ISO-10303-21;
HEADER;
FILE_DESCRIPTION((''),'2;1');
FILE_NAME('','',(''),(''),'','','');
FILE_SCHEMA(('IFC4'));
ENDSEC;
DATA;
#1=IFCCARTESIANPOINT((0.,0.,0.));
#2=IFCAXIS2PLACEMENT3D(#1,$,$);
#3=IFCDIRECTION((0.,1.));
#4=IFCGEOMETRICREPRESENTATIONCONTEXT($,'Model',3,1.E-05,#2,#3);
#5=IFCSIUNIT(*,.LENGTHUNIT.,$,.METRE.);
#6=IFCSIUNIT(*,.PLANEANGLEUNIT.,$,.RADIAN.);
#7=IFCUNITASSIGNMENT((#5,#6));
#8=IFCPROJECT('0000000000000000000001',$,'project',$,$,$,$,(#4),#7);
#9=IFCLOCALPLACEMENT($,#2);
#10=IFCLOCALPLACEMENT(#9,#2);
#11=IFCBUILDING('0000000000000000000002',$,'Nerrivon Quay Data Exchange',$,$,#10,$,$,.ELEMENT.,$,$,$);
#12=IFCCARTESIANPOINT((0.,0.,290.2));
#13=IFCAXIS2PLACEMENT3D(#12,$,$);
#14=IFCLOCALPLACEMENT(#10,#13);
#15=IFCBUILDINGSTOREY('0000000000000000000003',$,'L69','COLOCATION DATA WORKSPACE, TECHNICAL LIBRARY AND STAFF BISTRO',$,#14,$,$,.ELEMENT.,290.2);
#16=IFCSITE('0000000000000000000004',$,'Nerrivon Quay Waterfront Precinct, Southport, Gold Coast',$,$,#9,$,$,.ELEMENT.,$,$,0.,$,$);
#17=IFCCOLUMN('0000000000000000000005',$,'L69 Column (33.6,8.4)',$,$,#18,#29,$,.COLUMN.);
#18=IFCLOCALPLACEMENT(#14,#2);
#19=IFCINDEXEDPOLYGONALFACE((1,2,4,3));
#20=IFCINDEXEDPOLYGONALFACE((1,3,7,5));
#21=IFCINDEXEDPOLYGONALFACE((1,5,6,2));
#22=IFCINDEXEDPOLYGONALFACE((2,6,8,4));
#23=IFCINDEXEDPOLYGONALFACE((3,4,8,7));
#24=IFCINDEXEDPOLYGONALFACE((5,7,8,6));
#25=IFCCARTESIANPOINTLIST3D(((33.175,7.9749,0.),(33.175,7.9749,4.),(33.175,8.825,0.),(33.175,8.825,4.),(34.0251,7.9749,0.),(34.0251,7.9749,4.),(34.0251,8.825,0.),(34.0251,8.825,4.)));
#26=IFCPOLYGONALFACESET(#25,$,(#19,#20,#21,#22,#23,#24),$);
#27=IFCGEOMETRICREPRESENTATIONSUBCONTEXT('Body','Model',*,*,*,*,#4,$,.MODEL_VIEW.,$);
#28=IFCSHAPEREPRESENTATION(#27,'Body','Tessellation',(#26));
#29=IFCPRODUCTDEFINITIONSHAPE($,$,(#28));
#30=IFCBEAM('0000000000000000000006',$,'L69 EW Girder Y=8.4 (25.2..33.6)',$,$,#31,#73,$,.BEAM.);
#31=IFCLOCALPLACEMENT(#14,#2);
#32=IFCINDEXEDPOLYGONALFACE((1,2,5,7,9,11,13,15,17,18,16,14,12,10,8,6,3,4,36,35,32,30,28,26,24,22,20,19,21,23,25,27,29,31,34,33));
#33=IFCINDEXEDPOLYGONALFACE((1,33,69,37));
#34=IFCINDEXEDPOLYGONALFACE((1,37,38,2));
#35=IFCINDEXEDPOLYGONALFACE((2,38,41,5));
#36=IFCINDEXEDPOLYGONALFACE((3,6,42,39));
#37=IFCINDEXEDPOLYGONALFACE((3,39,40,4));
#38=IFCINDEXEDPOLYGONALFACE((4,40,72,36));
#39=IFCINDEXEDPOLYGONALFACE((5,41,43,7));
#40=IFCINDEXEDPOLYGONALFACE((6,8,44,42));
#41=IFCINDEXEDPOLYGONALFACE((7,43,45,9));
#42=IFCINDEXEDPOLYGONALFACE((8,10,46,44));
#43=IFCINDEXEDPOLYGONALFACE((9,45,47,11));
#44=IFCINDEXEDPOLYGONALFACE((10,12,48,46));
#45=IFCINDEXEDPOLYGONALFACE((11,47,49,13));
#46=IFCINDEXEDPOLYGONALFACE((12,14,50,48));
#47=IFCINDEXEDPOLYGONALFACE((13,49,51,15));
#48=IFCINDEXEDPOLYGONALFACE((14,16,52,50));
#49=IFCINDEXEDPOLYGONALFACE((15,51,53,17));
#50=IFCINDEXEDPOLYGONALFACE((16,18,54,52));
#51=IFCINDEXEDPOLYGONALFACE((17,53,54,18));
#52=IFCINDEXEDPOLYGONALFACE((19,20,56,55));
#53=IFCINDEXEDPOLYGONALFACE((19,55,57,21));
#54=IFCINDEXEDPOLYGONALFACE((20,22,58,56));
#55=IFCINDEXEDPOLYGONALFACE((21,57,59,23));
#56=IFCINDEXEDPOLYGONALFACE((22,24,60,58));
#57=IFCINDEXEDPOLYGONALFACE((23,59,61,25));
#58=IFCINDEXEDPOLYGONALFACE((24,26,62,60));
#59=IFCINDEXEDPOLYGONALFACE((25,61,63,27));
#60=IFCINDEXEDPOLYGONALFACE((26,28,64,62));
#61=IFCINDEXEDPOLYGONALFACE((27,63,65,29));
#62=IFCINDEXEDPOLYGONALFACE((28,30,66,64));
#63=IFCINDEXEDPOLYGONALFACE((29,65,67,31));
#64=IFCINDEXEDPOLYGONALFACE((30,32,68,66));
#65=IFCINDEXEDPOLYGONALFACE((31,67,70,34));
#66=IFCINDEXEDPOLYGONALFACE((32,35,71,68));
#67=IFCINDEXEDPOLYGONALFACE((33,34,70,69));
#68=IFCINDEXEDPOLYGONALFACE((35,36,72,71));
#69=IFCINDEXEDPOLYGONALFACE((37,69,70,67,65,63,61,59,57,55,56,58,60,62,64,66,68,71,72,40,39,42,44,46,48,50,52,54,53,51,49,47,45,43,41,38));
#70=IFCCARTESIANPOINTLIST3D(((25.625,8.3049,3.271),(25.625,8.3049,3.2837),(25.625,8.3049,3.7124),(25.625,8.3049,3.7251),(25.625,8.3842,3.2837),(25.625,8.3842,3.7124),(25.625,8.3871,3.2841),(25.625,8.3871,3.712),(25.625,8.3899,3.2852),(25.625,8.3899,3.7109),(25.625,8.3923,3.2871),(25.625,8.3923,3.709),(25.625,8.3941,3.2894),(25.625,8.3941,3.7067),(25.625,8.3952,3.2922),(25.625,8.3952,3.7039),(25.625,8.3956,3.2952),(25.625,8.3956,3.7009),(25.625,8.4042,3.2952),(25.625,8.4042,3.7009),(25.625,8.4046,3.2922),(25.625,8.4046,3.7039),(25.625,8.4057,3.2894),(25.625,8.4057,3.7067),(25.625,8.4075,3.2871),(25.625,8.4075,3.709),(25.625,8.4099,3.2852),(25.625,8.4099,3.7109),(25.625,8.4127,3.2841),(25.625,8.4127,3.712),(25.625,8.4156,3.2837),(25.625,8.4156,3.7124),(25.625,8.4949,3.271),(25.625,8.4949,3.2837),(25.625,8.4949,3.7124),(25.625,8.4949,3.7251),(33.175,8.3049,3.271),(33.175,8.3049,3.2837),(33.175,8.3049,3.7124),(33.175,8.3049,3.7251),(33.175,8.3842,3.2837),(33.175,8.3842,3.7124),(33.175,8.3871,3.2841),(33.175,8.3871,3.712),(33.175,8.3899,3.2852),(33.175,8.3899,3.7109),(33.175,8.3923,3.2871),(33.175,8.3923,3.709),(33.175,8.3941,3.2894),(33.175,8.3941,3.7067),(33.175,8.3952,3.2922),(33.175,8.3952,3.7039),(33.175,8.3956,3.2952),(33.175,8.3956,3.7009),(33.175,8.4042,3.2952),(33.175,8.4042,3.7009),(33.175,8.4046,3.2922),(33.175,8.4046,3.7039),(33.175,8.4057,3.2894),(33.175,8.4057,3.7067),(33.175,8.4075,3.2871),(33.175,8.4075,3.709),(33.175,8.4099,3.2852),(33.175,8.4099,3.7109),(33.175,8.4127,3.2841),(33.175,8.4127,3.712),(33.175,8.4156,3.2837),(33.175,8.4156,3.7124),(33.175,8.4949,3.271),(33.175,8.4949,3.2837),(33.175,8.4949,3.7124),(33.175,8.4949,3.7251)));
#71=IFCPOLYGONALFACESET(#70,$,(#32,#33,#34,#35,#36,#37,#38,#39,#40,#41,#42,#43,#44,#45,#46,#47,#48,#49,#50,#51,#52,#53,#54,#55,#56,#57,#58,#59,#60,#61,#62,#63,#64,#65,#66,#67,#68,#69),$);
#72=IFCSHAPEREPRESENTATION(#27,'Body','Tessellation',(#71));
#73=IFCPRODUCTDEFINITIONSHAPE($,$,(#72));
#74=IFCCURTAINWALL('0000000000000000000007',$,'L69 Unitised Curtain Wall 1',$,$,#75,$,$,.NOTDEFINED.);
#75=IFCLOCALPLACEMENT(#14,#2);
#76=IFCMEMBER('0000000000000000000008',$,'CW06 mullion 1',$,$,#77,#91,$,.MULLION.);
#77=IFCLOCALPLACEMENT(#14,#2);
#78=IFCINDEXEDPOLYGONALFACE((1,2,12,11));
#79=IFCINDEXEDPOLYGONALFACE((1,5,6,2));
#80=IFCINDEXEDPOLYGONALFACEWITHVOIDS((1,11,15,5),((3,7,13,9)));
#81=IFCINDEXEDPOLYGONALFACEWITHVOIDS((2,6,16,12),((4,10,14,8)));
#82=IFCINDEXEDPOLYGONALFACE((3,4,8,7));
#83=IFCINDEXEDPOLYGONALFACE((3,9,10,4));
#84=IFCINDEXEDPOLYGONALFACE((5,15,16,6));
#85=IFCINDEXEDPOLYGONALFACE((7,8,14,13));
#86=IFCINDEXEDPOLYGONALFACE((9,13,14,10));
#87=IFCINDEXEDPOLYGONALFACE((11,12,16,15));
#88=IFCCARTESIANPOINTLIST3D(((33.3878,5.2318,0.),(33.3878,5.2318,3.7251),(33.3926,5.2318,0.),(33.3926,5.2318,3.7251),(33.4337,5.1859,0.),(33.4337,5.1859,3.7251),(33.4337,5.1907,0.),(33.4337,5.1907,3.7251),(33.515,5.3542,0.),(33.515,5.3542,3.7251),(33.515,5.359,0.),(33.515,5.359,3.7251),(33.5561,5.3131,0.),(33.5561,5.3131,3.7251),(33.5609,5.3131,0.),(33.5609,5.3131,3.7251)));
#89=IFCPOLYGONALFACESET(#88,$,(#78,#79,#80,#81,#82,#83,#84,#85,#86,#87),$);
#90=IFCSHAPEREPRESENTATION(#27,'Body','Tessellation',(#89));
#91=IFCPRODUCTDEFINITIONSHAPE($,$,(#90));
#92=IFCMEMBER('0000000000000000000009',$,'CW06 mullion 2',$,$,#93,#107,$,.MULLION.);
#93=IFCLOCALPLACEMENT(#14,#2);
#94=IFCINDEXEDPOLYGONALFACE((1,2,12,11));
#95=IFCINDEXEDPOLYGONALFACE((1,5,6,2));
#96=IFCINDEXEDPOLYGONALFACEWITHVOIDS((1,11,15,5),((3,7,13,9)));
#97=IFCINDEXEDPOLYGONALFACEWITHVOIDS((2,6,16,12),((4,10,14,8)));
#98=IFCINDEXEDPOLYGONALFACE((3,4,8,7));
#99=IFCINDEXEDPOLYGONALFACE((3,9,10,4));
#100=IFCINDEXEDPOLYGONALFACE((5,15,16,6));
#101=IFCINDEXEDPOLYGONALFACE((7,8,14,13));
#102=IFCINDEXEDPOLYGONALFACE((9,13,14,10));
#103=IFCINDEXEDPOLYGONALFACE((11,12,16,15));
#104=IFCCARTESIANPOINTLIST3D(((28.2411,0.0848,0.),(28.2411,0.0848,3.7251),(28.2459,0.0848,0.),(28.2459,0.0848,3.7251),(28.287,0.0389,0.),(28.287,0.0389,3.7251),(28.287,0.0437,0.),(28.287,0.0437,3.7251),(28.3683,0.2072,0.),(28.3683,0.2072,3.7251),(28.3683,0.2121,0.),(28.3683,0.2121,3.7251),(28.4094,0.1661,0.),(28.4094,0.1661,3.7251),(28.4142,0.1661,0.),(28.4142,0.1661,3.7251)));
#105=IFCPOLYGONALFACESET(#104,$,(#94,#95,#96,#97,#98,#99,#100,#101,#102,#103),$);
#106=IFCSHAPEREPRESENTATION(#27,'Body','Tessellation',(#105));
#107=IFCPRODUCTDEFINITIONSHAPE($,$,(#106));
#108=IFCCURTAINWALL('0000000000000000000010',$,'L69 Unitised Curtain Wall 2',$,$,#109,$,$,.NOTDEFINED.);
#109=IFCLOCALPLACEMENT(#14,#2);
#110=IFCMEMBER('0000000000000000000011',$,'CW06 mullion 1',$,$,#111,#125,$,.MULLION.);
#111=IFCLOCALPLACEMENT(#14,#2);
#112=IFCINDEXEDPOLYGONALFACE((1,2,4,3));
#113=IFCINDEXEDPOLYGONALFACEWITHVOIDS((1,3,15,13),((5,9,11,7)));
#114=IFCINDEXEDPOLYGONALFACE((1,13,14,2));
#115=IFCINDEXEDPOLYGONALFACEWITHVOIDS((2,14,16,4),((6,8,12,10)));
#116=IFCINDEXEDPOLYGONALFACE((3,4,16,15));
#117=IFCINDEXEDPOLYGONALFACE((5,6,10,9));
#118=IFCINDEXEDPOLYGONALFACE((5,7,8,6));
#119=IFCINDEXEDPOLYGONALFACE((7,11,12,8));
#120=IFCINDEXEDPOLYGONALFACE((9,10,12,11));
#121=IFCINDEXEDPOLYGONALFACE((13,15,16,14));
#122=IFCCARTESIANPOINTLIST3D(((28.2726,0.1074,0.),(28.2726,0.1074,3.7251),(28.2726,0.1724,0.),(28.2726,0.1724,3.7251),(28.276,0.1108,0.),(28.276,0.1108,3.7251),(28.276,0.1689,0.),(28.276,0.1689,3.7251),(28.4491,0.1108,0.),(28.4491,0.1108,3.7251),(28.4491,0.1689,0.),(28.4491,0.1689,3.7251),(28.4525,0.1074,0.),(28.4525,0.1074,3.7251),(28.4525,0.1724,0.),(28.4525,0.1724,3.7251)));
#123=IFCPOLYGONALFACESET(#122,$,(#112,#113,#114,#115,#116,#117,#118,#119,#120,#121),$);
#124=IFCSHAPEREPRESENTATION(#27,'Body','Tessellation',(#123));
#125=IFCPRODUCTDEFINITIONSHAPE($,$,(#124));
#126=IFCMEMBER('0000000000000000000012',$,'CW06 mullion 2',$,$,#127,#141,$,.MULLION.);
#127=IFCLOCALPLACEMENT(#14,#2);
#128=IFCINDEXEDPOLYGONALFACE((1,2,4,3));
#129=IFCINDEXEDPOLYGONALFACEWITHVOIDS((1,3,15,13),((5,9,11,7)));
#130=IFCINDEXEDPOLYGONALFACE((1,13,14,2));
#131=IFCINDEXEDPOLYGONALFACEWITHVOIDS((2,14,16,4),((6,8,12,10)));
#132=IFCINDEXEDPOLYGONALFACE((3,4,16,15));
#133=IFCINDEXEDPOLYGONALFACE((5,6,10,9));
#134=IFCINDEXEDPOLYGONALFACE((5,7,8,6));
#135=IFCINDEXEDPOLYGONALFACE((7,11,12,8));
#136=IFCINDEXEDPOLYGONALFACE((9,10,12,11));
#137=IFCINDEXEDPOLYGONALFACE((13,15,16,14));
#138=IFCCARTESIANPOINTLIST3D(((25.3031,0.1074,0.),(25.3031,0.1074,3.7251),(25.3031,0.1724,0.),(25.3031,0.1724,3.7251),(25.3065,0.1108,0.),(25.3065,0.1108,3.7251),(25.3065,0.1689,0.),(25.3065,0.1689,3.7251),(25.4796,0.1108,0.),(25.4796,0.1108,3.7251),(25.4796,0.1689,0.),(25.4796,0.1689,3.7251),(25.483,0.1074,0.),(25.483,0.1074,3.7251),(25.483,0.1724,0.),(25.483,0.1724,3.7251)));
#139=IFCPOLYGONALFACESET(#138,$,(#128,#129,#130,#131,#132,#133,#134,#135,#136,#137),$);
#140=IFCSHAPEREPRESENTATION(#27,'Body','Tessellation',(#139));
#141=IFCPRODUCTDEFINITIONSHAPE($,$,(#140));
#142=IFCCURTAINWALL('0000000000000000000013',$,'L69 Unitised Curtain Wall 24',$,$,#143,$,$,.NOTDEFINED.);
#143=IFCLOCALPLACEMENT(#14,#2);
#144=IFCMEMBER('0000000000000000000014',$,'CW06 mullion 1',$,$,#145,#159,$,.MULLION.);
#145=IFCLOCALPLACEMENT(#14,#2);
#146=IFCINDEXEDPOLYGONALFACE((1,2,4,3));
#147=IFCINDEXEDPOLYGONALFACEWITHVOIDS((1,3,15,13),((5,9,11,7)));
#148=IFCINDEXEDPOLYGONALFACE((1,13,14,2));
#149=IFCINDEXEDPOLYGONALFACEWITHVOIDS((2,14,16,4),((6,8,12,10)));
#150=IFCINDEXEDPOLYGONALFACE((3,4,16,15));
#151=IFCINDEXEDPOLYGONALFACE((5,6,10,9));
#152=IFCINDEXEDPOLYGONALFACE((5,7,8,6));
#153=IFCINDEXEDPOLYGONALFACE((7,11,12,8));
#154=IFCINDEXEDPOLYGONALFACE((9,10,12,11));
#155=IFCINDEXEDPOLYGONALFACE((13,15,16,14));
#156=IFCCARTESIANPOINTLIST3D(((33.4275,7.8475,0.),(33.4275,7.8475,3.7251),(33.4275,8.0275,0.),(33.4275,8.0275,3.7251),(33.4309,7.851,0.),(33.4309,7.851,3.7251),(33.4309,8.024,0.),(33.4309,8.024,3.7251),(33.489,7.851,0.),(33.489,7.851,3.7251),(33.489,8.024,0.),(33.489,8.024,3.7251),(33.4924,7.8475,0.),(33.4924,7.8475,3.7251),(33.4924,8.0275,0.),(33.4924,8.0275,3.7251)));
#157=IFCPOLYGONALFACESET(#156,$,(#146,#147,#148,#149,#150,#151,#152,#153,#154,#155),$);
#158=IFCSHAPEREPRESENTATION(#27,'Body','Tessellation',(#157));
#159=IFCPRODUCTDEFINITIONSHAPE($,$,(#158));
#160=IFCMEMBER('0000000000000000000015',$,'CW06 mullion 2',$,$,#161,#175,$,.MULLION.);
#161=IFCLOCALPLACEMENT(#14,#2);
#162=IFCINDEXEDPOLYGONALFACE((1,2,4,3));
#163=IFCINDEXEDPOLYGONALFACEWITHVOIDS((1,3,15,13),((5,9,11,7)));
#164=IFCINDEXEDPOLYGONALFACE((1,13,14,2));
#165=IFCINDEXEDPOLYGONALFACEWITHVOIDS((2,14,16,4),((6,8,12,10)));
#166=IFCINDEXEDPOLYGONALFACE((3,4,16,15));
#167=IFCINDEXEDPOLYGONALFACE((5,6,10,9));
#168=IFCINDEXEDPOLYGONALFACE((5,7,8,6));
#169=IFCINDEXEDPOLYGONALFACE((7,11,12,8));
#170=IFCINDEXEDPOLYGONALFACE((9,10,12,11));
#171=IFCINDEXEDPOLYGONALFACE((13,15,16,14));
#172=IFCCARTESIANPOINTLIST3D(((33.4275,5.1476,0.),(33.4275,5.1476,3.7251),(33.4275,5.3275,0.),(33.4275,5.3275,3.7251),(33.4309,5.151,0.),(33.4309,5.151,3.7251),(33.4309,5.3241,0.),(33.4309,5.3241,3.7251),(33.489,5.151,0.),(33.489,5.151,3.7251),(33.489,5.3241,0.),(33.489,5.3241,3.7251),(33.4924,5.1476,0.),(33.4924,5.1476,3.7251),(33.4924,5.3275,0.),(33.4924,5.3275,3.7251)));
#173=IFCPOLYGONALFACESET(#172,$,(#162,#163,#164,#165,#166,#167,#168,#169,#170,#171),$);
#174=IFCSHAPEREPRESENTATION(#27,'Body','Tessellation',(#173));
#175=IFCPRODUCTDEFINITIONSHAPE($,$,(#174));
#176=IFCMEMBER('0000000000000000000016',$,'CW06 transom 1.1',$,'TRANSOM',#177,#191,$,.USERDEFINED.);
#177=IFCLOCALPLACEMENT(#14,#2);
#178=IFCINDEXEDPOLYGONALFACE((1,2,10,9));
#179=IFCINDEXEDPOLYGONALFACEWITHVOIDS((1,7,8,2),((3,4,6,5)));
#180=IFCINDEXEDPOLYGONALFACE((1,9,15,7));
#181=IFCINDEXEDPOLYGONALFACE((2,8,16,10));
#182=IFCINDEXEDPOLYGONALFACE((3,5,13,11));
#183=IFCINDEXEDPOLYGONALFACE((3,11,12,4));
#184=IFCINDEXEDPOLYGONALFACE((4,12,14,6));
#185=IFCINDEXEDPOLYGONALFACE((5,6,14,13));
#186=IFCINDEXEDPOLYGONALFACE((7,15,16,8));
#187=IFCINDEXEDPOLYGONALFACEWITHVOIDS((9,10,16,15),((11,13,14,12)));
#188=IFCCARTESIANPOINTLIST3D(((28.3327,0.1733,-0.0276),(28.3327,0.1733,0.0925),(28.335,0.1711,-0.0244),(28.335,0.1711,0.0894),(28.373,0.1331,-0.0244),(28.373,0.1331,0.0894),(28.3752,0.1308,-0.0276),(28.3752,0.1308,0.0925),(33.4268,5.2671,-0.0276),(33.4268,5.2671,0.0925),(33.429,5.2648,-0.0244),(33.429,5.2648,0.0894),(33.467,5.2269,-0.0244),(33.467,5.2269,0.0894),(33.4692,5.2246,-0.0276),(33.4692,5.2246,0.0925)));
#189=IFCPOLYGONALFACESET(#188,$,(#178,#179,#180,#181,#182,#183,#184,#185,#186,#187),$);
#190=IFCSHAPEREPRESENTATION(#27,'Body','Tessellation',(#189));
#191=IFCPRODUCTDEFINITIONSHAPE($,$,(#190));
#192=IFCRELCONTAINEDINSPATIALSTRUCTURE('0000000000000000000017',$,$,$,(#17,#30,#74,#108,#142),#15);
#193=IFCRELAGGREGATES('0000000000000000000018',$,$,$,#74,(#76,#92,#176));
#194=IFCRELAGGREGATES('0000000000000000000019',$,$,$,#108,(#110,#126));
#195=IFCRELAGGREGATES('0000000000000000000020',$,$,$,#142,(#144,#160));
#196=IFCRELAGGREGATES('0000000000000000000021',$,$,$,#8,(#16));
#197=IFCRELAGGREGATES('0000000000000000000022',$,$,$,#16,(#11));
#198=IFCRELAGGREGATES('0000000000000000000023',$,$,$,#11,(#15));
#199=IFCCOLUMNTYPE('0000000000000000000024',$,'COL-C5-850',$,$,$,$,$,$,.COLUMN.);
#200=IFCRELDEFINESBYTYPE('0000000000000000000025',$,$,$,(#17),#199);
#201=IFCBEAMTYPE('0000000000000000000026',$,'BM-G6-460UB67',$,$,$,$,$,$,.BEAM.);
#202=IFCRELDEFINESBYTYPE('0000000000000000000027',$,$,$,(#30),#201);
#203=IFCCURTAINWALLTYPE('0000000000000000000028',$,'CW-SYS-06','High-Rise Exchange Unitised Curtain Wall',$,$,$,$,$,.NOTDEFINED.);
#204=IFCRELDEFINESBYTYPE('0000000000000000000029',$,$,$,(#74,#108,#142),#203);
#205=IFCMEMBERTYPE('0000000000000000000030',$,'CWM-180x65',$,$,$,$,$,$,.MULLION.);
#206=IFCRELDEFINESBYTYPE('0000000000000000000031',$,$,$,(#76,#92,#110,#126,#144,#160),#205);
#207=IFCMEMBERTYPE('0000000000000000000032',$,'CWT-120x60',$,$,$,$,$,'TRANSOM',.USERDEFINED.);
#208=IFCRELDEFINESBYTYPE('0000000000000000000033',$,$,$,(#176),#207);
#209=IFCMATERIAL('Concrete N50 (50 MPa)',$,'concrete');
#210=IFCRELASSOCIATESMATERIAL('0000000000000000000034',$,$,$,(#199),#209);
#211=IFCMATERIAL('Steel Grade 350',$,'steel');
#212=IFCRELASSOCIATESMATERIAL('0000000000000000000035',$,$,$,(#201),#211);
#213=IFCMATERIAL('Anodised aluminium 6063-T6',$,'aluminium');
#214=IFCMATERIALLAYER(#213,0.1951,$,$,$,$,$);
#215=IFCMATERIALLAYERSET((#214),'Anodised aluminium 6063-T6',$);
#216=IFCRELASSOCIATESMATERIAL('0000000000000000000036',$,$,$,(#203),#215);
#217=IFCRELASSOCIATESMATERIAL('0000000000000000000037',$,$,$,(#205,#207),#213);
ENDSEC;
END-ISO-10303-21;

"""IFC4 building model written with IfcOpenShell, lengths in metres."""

from ifc_helpers import new_model, si_unit, direction, frame, origin, origin_2d, place, context, subcontext, project, spatial, rectangle, hollow_rectangle, i_section, extrude, material, layer, layer_set, material_profile, profile_set, type_object, element, aggregate, save


model = new_model("IFC4")

# Units and contexts
model_context = context("Model", 3, precision=1e-05, world=origin(), true_north=direction((0.0, 1.0)))
body_context = subcontext(model_context, "Body", "Model", "MODEL_VIEW")
ifc_project = project(units=[si_unit("LENGTHUNIT", "METRE"), si_unit("PLANEANGLEUNIT", "RADIAN")], contexts=[model_context])

# Site, building, storey
site_placement = place(None, origin())
site = spatial("IfcSite", under=ifc_project, at=site_placement, Name="Nerrivon Quay Waterfront Precinct, Southport, Gold Coast", CompositionType="ELEMENT", RefElevation=0.0)
building_placement = place(site_placement, origin())
building = spatial("IfcBuilding", under=site, at=building_placement, Name="Nerrivon Quay Data Exchange", CompositionType="ELEMENT")
storey_placement = place(building_placement, frame((0.0, 0.0, 290.2)))
storey = spatial("IfcBuildingStorey", under=building, at=storey_placement, Name="L69", Description="COLOCATION DATA WORKSPACE, TECHNICAL LIBRARY AND STAFF BISTRO", CompositionType="ELEMENT", Elevation=290.2)

# Column
ifc_material_1 = material(Name="Concrete N50 (50 MPa)", Category="concrete")
ifc_material_profile_1 = material_profile(ifc_material_1, rectangle(XDim=0.8501, YDim=0.8501, at=origin_2d()), Name="RC-COL-850x850")
ifc_profile_set_1 = profile_set([ifc_material_profile_1], Name="Concrete N50 (50 MPa)")
column_type = type_object("IfcColumnType", Name="COL-C5-850", PredefinedType="COLUMN", material=ifc_profile_set_1)
column_placement = place(storey_placement, frame((33.6001, 8.3999, 0.0), z_axis=(0.0, 0.0, 1.0), x_axis=(1.0, 0.0, 0.0)))
element("IfcColumn", 1, at=column_placement, inside=storey, type_object=column_type, Name="L69 Column (33.6,8.4)", PredefinedType="COLUMN", context=body_context, shape_type="SweptSolid", body=[
    extrude(rectangle(XDim=0.8501, YDim=0.8501, at=origin_2d()), origin(), (0.0, 0.0, 1.0), 4.0),
])

# Beam
ifc_material_2 = material(Name="Steel Grade 350", Category="steel")
ifc_material_profile_2 = material_profile(ifc_material_2, i_section(OverallWidth=0.1899, OverallDepth=0.4541, WebThickness=0.0085, FlangeThickness=0.0127, FilletRadius=0.0115, at=origin_2d()), Name="460UB67.1")
ifc_profile_set_2 = profile_set([ifc_material_profile_2], Name="Steel Grade 350")
beam_type = type_object("IfcBeamType", Name="BM-G6-460UB67", PredefinedType="BEAM", material=ifc_profile_set_2)
beam_placement = place(storey_placement, frame((25.625, 8.3999, 3.498), z_axis=(1.0, 0.0, 0.0), x_axis=(0.0, 1.0, 0.0)))
element("IfcBeam", 2, at=beam_placement, inside=storey, type_object=beam_type, Name="L69 EW Girder Y=8.4 (25.2..33.6)", PredefinedType="BEAM", context=body_context, shape_type="SweptSolid", body=[
    extrude(i_section(OverallWidth=0.1899, OverallDepth=0.4541, WebThickness=0.0085, FlangeThickness=0.0127, FilletRadius=0.0115, at=origin_2d()), origin(), (0.0, 0.0, 1.0), 7.55),
])

# Curtain walls, members
ifc_material_3 = material(Name="Anodised aluminium 6063-T6", Category="aluminium")
ifc_layer_1 = layer(ifc_material_3, 0.1951)
ifc_layer_set_1 = layer_set([ifc_layer_1], Name="Anodised aluminium 6063-T6")
curtain_wall_type = type_object("IfcCurtainWallType", Name="CW-SYS-06", Description="High-Rise Exchange Unitised Curtain Wall", PredefinedType="NOTDEFINED", material=ifc_layer_set_1)
curtain_wall_1_placement = place(storey_placement, origin())
curtain_wall_1 = element("IfcCurtainWall", 3, at=curtain_wall_1_placement, inside=storey, type_object=curtain_wall_type, Name="L69 Unitised Curtain Wall 1", PredefinedType="NOTDEFINED")
ifc_material_profile_3 = material_profile(ifc_material_3, hollow_rectangle(XDim=0.0649, YDim=0.1799, WallThickness=0.0034, at=origin_2d()), Name="ALU-MULL-180x65")
ifc_profile_set_3 = profile_set([ifc_material_profile_3], Name="Anodised aluminium 6063-T6")
member_type_1 = type_object("IfcMemberType", Name="CWM-180x65", PredefinedType="MULLION", material=ifc_profile_set_3)
member_1_placement = place(storey_placement, frame((33.4744, 5.2725, 0.0), z_axis=(0.0, 0.0, 1.0), x_axis=(0.707107, -0.707107, 0.0)))
member_1 = element("IfcMember", 4, at=member_1_placement, type_object=member_type_1, Name="CW06 mullion 1", PredefinedType="MULLION", context=body_context, shape_type="SweptSolid", body=[
    extrude(hollow_rectangle(XDim=0.0649, YDim=0.1799, WallThickness=0.0034, at=origin_2d()), origin(), (0.0, 0.0, 1.0), 3.7251),
])
member_2_placement = place(storey_placement, frame((28.3276, 0.1255, 0.0), z_axis=(0.0, 0.0, 1.0), x_axis=(0.707107, -0.707107, 0.0)))
member_2 = element("IfcMember", 5, at=member_2_placement, type_object=member_type_1, Name="CW06 mullion 2", PredefinedType="MULLION", context=body_context, shape_type="SweptSolid", body=[
    extrude(hollow_rectangle(XDim=0.0649, YDim=0.1799, WallThickness=0.0034, at=origin_2d()), origin(), (0.0, 0.0, 1.0), 3.7251),
])
curtain_wall_2_placement = place(storey_placement, origin())
curtain_wall_2 = element("IfcCurtainWall", 6, at=curtain_wall_2_placement, inside=storey, type_object=curtain_wall_type, Name="L69 Unitised Curtain Wall 2", PredefinedType="NOTDEFINED")
member_3_placement = place(storey_placement, frame((28.3625, 0.1399, 0.0), z_axis=(0.0, 0.0, 1.0), x_axis=(0.0, -1.0, 0.0)))
member_3 = element("IfcMember", 7, at=member_3_placement, type_object=member_type_1, Name="CW06 mullion 1", PredefinedType="MULLION", context=body_context, shape_type="SweptSolid", body=[
    extrude(hollow_rectangle(XDim=0.0649, YDim=0.1799, WallThickness=0.0034, at=origin_2d()), origin(), (0.0, 0.0, 1.0), 3.7251),
])
member_4_placement = place(storey_placement, frame((25.3931, 0.1399, 0.0), z_axis=(0.0, 0.0, 1.0), x_axis=(0.0, -1.0, 0.0)))
member_4 = element("IfcMember", 8, at=member_4_placement, type_object=member_type_1, Name="CW06 mullion 2", PredefinedType="MULLION", context=body_context, shape_type="SweptSolid", body=[
    extrude(hollow_rectangle(XDim=0.0649, YDim=0.1799, WallThickness=0.0034, at=origin_2d()), origin(), (0.0, 0.0, 1.0), 3.7251),
])
curtain_wall_3_placement = place(storey_placement, origin())
curtain_wall_3 = element("IfcCurtainWall", 9, at=curtain_wall_3_placement, inside=storey, type_object=curtain_wall_type, Name="L69 Unitised Curtain Wall 24", PredefinedType="NOTDEFINED")
member_5_placement = place(storey_placement, frame((33.46, 7.9375, 0.0), z_axis=(0.0, 0.0, 1.0), x_axis=(1.0, 0.0, 0.0)))
member_5 = element("IfcMember", 10, at=member_5_placement, type_object=member_type_1, Name="CW06 mullion 1", PredefinedType="MULLION", context=body_context, shape_type="SweptSolid", body=[
    extrude(hollow_rectangle(XDim=0.0649, YDim=0.1799, WallThickness=0.0034, at=origin_2d()), origin(), (0.0, 0.0, 1.0), 3.7251),
])
member_6_placement = place(storey_placement, frame((33.46, 5.2375, 0.0), z_axis=(0.0, 0.0, 1.0), x_axis=(1.0, 0.0, 0.0)))
member_6 = element("IfcMember", 11, at=member_6_placement, type_object=member_type_1, Name="CW06 mullion 2", PredefinedType="MULLION", context=body_context, shape_type="SweptSolid", body=[
    extrude(hollow_rectangle(XDim=0.0649, YDim=0.1799, WallThickness=0.0034, at=origin_2d()), origin(), (0.0, 0.0, 1.0), 3.7251),
])

# Member
ifc_material_profile_4 = material_profile(ifc_material_3, hollow_rectangle(XDim=0.0601, YDim=0.1201, WallThickness=0.0032, at=origin_2d()), Name="ALU-TRAN-120x60")
ifc_profile_set_4 = profile_set([ifc_material_profile_4], Name="Anodised aluminium 6063-T6")
member_type_2 = type_object("IfcMemberType", Name="CWT-120x60", ElementType="TRANSOM", PredefinedType="USERDEFINED", material=ifc_profile_set_4)
member_7_placement = place(storey_placement, frame((33.448, 5.2458, 0.0325), z_axis=(-0.707124, -0.70709, 0.0), x_axis=(0.70709, -0.707124, 0.0)))
member_7 = element("IfcMember", 12, at=member_7_placement, type_object=member_type_2, Name="CW06 transom 1.1", ObjectType="TRANSOM", PredefinedType="USERDEFINED", context=body_context, shape_type="SweptSolid", body=[
    extrude(hollow_rectangle(XDim=0.0601, YDim=0.1201, WallThickness=0.0032, at=origin_2d()), origin(), (0.0, 0.0, 1.0), 7.2039),
])

aggregate(curtain_wall_1, [member_1, member_2, member_7])
aggregate(curtain_wall_2, [member_3, member_4])
aggregate(curtain_wall_3, [member_5, member_6])

save(model, "model.ifc")
